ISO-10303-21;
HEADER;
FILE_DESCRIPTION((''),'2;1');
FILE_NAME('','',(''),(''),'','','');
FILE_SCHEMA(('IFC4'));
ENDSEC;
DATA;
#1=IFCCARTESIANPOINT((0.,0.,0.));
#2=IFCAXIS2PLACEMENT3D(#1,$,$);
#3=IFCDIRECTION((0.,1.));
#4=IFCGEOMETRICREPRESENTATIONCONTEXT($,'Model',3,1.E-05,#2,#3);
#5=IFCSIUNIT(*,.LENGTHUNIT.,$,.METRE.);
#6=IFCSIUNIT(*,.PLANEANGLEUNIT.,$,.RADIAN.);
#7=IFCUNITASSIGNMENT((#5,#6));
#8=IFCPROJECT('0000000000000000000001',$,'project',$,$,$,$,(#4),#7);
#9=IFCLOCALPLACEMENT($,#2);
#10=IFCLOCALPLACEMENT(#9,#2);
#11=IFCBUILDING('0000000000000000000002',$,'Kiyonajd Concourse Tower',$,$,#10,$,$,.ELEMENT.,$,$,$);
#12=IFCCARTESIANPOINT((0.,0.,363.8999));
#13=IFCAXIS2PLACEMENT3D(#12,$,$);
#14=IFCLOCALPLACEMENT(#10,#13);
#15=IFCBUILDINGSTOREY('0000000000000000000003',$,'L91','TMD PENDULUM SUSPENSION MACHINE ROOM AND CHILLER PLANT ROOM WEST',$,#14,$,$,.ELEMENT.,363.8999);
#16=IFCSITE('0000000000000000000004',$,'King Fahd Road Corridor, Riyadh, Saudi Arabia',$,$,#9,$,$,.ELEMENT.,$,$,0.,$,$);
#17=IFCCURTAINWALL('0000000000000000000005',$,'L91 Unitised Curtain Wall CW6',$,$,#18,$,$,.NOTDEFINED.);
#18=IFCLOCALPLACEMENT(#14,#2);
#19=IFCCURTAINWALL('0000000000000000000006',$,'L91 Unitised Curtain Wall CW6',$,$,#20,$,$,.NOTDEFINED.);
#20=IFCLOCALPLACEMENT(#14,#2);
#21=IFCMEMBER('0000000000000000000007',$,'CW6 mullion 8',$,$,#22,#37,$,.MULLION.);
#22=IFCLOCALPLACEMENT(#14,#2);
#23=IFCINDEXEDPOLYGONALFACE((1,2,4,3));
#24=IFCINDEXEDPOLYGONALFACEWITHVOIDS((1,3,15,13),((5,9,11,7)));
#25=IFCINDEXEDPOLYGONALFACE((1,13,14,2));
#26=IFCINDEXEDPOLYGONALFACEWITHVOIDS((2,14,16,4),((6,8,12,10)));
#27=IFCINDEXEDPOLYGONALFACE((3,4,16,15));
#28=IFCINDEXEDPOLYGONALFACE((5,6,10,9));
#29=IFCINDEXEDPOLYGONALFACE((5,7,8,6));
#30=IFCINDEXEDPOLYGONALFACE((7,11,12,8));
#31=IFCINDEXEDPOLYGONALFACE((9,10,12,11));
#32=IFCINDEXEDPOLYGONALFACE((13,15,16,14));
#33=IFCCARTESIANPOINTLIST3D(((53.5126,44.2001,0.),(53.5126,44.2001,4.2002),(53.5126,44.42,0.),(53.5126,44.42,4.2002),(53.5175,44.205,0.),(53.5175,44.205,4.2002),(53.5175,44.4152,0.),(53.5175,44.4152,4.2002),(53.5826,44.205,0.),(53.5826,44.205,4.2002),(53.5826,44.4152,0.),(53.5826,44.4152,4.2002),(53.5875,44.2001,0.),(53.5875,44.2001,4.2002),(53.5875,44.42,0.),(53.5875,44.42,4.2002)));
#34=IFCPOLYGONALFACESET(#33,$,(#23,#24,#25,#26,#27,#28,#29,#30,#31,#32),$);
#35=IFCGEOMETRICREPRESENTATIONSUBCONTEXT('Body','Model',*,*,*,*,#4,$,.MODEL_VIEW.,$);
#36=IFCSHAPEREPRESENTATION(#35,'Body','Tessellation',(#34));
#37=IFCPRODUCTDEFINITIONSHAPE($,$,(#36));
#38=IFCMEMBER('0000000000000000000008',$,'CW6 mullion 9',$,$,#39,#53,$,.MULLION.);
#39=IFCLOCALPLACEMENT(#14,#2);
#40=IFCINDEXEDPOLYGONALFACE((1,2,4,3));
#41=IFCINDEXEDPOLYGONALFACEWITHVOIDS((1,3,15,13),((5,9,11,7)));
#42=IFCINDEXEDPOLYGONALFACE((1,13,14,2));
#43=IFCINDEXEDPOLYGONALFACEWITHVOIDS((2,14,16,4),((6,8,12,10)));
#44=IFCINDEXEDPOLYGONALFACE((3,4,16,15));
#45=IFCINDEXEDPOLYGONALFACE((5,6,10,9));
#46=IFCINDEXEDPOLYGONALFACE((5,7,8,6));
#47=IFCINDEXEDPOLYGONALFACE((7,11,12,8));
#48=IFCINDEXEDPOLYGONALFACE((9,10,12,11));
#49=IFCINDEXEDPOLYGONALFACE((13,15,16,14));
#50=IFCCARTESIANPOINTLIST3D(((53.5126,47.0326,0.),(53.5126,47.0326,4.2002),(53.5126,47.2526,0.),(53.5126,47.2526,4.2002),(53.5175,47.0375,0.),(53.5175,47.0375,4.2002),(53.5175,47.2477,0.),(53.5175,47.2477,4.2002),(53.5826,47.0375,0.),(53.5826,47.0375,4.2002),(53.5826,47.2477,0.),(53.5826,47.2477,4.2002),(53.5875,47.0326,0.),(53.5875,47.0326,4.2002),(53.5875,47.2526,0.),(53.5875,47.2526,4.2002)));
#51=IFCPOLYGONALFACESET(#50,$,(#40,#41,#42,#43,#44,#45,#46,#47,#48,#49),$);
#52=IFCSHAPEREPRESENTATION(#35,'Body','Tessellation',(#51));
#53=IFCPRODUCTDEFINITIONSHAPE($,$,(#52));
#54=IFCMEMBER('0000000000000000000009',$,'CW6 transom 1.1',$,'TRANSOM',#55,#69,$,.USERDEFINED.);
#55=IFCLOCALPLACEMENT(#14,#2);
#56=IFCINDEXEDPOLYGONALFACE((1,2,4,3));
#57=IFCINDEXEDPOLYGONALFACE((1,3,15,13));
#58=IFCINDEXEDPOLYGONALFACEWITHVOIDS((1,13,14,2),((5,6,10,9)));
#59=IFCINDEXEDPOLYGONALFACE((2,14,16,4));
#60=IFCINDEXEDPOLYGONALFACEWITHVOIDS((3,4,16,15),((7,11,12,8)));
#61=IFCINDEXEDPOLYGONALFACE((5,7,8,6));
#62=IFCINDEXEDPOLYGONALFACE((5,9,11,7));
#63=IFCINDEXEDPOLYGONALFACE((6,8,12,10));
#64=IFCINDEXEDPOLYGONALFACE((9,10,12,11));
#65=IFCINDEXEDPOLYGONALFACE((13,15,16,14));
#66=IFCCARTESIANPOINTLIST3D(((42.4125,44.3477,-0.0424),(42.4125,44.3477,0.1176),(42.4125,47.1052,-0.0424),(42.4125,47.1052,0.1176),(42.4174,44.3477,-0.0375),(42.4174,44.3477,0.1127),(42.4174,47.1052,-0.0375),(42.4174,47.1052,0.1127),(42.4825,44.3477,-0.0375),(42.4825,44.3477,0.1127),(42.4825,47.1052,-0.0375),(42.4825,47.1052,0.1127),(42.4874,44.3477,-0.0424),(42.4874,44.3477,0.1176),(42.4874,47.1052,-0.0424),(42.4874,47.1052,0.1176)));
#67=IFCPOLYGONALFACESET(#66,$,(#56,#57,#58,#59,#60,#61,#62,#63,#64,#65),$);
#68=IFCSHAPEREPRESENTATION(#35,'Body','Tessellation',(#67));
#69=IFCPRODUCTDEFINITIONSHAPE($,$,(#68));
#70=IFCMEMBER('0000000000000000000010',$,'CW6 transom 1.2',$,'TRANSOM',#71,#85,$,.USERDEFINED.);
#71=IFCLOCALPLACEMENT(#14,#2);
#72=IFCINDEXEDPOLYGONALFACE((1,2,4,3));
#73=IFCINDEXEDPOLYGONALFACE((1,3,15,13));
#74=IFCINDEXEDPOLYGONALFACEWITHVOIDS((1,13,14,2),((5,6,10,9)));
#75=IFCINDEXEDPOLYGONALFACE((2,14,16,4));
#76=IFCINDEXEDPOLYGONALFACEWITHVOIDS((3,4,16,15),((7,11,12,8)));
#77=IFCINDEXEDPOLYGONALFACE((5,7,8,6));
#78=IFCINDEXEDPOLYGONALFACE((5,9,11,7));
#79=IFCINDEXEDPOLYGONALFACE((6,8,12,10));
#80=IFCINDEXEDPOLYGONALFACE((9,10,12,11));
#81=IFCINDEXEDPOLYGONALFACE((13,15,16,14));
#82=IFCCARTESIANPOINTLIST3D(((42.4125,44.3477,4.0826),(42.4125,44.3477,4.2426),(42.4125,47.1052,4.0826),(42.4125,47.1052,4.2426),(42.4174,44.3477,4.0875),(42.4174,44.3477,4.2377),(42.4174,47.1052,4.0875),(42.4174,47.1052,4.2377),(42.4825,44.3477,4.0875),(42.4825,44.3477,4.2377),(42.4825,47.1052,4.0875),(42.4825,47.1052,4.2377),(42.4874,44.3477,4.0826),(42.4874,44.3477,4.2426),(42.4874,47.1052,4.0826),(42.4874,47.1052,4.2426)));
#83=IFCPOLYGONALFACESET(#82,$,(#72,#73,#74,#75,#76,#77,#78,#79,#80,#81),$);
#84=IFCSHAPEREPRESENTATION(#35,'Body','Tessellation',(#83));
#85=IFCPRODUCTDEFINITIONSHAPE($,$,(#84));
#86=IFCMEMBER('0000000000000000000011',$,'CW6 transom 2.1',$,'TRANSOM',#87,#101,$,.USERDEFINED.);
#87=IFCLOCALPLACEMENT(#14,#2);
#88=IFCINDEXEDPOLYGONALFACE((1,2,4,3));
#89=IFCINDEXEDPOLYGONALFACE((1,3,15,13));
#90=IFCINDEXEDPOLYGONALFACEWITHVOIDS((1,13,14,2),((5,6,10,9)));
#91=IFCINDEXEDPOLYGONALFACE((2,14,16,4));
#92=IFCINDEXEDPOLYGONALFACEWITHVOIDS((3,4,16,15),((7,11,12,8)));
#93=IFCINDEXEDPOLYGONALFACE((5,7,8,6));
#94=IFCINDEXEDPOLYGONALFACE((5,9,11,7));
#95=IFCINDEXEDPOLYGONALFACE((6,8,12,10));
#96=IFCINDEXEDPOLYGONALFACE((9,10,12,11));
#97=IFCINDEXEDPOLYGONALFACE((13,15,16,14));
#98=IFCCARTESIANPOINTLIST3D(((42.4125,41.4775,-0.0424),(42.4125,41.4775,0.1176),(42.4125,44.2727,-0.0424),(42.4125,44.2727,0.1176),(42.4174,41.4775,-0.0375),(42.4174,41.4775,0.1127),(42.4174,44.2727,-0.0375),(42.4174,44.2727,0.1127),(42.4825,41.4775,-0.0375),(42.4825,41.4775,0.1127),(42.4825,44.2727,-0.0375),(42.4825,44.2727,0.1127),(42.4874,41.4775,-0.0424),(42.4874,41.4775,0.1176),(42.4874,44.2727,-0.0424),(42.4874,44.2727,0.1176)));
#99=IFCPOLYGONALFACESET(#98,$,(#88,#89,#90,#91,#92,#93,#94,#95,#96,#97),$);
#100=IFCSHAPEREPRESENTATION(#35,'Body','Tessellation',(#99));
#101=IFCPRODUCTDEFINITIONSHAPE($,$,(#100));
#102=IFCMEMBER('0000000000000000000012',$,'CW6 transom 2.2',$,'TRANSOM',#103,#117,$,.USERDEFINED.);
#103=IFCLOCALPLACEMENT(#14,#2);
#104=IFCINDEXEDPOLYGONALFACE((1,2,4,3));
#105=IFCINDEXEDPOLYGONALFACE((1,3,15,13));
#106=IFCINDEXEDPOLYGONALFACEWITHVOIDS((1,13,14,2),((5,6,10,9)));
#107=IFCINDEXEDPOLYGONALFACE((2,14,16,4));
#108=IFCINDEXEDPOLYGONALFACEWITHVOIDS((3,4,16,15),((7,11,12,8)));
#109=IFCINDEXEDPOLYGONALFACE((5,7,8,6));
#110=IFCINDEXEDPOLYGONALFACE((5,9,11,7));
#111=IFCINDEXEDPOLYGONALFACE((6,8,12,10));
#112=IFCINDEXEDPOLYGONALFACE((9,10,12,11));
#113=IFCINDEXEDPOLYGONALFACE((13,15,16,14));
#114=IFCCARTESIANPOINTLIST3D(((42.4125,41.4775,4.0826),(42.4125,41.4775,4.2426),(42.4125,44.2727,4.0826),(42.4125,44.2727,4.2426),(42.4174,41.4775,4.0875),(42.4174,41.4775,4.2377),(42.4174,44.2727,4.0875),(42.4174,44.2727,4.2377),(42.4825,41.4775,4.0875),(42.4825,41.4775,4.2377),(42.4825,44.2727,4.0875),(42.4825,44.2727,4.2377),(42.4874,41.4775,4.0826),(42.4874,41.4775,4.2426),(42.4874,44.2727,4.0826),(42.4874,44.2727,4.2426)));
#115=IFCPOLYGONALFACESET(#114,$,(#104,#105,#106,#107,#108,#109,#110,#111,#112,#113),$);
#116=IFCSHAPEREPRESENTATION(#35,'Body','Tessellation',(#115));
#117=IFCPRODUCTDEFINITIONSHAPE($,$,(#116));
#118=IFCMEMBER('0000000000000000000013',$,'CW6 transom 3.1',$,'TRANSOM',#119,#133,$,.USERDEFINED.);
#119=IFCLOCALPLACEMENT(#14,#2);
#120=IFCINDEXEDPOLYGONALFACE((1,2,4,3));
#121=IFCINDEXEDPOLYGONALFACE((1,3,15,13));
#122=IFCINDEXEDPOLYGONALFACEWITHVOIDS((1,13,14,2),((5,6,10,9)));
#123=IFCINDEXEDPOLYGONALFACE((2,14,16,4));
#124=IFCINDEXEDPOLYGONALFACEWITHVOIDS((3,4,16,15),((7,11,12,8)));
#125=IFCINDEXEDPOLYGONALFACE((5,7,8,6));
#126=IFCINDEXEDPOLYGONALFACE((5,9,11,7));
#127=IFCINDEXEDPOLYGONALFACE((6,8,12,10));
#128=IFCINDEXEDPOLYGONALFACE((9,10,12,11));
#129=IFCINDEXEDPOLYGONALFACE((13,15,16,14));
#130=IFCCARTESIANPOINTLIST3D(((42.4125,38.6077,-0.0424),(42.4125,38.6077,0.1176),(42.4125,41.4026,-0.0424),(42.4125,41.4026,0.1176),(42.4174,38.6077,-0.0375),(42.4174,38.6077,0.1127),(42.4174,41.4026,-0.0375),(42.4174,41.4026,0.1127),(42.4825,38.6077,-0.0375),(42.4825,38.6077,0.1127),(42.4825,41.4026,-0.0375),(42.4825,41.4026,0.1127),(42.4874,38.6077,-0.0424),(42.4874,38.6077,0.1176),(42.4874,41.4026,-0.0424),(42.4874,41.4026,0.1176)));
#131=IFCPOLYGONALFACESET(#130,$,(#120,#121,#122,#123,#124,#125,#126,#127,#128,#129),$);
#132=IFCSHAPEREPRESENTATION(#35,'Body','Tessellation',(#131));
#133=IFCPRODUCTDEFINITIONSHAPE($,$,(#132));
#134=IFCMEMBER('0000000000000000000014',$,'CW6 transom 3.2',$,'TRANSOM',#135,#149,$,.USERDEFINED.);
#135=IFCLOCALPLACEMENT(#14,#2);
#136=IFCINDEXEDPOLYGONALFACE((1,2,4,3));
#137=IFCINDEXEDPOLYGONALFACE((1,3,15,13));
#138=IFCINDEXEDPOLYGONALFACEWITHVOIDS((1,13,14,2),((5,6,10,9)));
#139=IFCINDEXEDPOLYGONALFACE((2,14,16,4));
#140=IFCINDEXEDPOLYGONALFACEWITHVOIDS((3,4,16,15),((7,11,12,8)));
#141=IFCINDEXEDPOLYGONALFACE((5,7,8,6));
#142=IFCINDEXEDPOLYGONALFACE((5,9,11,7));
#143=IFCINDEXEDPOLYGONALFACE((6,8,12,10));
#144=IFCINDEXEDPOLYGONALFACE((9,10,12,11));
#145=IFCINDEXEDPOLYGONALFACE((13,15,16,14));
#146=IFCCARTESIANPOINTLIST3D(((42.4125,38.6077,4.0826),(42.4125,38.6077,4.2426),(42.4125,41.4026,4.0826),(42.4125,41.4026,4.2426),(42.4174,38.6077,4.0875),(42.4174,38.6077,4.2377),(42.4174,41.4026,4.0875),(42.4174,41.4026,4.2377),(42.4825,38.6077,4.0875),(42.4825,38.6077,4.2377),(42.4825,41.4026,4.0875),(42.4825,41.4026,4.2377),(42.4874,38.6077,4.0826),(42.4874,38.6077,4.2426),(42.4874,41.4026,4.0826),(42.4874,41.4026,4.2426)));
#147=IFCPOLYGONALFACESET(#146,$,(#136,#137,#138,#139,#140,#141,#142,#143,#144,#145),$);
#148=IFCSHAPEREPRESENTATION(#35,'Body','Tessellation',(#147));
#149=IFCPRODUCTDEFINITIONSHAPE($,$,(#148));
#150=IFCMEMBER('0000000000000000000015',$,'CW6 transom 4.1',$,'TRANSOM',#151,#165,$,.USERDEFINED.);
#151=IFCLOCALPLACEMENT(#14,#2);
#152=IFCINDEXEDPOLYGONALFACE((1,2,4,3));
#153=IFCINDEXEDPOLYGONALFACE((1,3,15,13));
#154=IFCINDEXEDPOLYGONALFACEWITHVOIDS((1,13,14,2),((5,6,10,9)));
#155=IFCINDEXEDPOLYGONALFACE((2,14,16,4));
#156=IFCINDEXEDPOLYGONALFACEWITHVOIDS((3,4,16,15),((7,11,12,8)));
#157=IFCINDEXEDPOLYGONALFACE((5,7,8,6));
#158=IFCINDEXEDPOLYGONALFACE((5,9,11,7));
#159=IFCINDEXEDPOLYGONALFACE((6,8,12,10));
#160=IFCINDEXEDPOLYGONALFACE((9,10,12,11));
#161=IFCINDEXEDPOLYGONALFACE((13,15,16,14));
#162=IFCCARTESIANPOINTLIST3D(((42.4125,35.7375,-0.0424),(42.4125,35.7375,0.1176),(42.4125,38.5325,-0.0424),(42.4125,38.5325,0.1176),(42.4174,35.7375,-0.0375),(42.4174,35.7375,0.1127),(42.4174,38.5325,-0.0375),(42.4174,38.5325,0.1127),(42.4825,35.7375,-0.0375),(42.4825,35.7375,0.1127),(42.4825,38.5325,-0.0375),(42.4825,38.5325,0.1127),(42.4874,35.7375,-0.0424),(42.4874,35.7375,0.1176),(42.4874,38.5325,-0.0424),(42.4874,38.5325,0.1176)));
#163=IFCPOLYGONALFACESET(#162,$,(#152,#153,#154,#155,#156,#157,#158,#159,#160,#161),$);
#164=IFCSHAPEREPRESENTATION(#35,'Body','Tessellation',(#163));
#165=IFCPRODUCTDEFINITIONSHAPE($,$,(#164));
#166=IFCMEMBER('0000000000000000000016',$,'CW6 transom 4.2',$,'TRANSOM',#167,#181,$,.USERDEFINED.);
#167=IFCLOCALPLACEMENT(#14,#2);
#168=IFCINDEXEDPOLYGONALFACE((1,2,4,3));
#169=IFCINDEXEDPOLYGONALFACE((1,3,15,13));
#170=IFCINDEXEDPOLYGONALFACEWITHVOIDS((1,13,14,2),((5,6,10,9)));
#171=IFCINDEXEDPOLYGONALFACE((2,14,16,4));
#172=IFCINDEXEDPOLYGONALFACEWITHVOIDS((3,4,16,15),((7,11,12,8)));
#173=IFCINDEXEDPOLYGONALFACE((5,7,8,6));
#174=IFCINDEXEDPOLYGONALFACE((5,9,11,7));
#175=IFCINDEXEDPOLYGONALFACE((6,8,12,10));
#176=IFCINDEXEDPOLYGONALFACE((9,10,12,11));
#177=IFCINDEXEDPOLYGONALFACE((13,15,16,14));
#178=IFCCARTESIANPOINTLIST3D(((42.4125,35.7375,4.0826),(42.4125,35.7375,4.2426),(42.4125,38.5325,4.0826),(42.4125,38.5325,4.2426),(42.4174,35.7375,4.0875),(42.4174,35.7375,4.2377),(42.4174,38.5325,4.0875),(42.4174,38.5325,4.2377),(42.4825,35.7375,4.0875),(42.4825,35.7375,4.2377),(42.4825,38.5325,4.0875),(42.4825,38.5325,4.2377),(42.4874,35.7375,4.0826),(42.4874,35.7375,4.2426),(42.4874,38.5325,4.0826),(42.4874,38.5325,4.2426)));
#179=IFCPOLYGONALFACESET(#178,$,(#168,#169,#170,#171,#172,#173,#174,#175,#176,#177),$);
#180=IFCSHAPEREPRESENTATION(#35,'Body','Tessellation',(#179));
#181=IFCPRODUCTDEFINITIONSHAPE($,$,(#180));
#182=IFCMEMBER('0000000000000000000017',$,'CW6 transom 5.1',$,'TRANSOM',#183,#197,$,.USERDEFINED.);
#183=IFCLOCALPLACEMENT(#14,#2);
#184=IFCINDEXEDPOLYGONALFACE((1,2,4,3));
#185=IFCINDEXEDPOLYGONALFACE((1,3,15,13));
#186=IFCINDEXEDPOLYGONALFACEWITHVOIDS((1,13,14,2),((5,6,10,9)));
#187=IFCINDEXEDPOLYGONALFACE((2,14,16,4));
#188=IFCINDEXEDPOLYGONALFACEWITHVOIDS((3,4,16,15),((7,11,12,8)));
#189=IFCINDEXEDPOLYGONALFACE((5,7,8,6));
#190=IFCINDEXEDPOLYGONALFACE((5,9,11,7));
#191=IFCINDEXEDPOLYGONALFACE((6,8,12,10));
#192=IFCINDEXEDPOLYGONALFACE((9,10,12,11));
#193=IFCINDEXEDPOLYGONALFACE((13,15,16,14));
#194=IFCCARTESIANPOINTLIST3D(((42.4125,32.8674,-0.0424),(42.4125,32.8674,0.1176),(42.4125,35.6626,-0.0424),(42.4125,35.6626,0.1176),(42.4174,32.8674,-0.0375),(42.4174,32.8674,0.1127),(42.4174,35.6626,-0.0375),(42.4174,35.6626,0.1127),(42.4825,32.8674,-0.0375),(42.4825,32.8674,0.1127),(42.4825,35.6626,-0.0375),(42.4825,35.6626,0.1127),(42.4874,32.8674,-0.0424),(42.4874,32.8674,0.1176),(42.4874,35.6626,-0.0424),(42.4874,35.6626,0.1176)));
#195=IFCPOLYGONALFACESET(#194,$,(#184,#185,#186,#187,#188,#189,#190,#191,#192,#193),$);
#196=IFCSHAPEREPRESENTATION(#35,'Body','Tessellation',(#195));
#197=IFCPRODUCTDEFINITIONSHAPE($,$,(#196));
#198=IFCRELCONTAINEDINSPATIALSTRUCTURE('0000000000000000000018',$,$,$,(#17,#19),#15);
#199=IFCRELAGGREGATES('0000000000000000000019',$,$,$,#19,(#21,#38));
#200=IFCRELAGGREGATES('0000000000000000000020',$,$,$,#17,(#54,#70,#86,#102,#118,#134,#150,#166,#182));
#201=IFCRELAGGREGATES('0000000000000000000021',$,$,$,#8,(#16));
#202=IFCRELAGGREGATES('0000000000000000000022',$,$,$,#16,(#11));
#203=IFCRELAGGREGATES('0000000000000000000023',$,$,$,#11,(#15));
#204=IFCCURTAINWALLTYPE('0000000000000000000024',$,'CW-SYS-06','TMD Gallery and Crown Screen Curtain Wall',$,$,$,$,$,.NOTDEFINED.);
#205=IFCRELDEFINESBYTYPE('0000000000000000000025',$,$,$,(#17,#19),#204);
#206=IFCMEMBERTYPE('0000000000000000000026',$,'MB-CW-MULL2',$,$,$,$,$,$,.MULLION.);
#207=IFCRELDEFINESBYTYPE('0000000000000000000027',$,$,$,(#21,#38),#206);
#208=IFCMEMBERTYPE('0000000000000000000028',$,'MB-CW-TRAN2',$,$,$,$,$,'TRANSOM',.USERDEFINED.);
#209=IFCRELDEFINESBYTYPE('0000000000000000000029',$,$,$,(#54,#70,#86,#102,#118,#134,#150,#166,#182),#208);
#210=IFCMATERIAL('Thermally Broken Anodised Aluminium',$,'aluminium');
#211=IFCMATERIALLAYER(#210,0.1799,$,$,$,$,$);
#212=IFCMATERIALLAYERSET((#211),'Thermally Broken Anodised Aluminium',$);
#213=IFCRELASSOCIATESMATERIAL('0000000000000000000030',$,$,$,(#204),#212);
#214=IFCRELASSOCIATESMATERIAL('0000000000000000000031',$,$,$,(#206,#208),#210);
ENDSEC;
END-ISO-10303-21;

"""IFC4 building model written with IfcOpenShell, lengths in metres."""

from ifc_helpers import new_model, si_unit, direction, frame, origin, origin_2d, place, context, subcontext, project, spatial, hollow_rectangle, extrude, material, layer, layer_set, material_profile, profile_set, type_object, element, aggregate, save


model = new_model("IFC4")

# Units and contexts
model_context = context("Model", 3, precision=1e-05, world=origin(), true_north=direction((0.0, 1.0)))
body_context = subcontext(model_context, "Body", "Model", "MODEL_VIEW")
ifc_project = project(units=[si_unit("LENGTHUNIT", "METRE"), si_unit("PLANEANGLEUNIT", "RADIAN")], contexts=[model_context])

# Site, building, storey
site_placement = place(None, origin())
site = spatial("IfcSite", under=ifc_project, at=site_placement, Name="King Fahd Road Corridor, Riyadh, Saudi Arabia", CompositionType="ELEMENT", RefElevation=0.0)
building_placement = place(site_placement, origin())
building = spatial("IfcBuilding", under=site, at=building_placement, Name="Kiyonajd Concourse Tower", CompositionType="ELEMENT")
storey_placement = place(building_placement, frame((0.0, 0.0, 363.8999)))
storey = spatial("IfcBuildingStorey", under=building, at=storey_placement, Name="L91", Description="TMD PENDULUM SUSPENSION MACHINE ROOM AND CHILLER PLANT ROOM WEST", CompositionType="ELEMENT", Elevation=363.8999)

# Curtain walls, members
ifc_material_1 = material(Name="Thermally Broken Anodised Aluminium", Category="aluminium")
ifc_layer_1 = layer(ifc_material_1, 0.1799)
ifc_layer_set_1 = layer_set([ifc_layer_1], Name="Thermally Broken Anodised Aluminium")
curtain_wall_type = type_object("IfcCurtainWallType", Name="CW-SYS-06", Description="TMD Gallery and Crown Screen Curtain Wall", PredefinedType="NOTDEFINED", material=ifc_layer_set_1)
curtain_wall_1_placement = place(storey_placement, origin())
curtain_wall_1 = element("IfcCurtainWall", 1, at=curtain_wall_1_placement, inside=storey, type_object=curtain_wall_type, Name="L91 Unitised Curtain Wall CW6", PredefinedType="NOTDEFINED")
ifc_material_profile_1 = material_profile(ifc_material_1, hollow_rectangle(XDim=0.075, YDim=0.22, WallThickness=0.0049, at=origin_2d()), Name="MULL-75x220")
ifc_profile_set_1 = profile_set([ifc_material_profile_1], Name="Thermally Broken Anodised Aluminium")
member_type_1 = type_object("IfcMemberType", Name="MB-CW-MULL2", PredefinedType="MULLION", material=ifc_profile_set_1)
curtain_wall_2_placement = place(storey_placement, origin())
curtain_wall_2 = element("IfcCurtainWall", 2, at=curtain_wall_2_placement, inside=storey, type_object=curtain_wall_type, Name="L91 Unitised Curtain Wall CW6", PredefinedType="NOTDEFINED")
member_1_placement = place(storey_placement, frame((53.55, 44.3101, 0.0), z_axis=(0.0, 0.0, 1.0), x_axis=(-1.0, 0.0, 0.0)))
member_1 = element("IfcMember", 3, at=member_1_placement, type_object=member_type_1, Name="CW6 mullion 8", PredefinedType="MULLION", context=body_context, shape_type="SweptSolid", body=[
    extrude(hollow_rectangle(XDim=0.075, YDim=0.22, WallThickness=0.0049, at=origin_2d()), origin(), (0.0, 0.0, 1.0), 4.2002),
])
member_2_placement = place(storey_placement, frame((53.55, 47.1426, 0.0), z_axis=(0.0, 0.0, 1.0), x_axis=(-1.0, 0.0, 0.0)))
member_2 = element("IfcMember", 4, at=member_2_placement, type_object=member_type_1, Name="CW6 mullion 9", PredefinedType="MULLION", context=body_context, shape_type="SweptSolid", body=[
    extrude(hollow_rectangle(XDim=0.075, YDim=0.22, WallThickness=0.0049, at=origin_2d()), origin(), (0.0, 0.0, 1.0), 4.2002),
])
aggregate(curtain_wall_2, [member_1, member_2])

# Members
ifc_material_profile_2 = material_profile(ifc_material_1, hollow_rectangle(XDim=0.075, YDim=0.1599, WallThickness=0.0049, at=origin_2d()), Name="TRAN-75x160")
ifc_profile_set_2 = profile_set([ifc_material_profile_2], Name="Thermally Broken Anodised Aluminium")
member_type_2 = type_object("IfcMemberType", Name="MB-CW-TRAN2", ElementType="TRANSOM", PredefinedType="USERDEFINED", material=ifc_profile_set_2)
member_3_placement = place(storey_placement, frame((42.45, 47.1052, 0.0376), z_axis=(0.0, -1.0, 0.0), x_axis=(1.0, 0.0, 0.0)))
member_3 = element("IfcMember", 5, at=member_3_placement, type_object=member_type_2, Name="CW6 transom 1.1", ObjectType="TRANSOM", PredefinedType="USERDEFINED", context=body_context, shape_type="SweptSolid", body=[
    extrude(hollow_rectangle(XDim=0.075, YDim=0.1599, WallThickness=0.0049, at=origin_2d()), origin(), (0.0, 0.0, 1.0), 2.7576),
])
member_4_placement = place(storey_placement, frame((42.45, 47.1052, 4.1626), z_axis=(0.0, -1.0, 0.0), x_axis=(1.0, 0.0, 0.0)))
member_4 = element("IfcMember", 6, at=member_4_placement, type_object=member_type_2, Name="CW6 transom 1.2", ObjectType="TRANSOM", PredefinedType="USERDEFINED", context=body_context, shape_type="SweptSolid", body=[
    extrude(hollow_rectangle(XDim=0.075, YDim=0.1599, WallThickness=0.0049, at=origin_2d()), origin(), (0.0, 0.0, 1.0), 2.7576),
])
member_5_placement = place(storey_placement, frame((42.45, 44.2727, 0.0376), z_axis=(0.0, -1.0, 0.0), x_axis=(1.0, 0.0, 0.0)))
member_5 = element("IfcMember", 7, at=member_5_placement, type_object=member_type_2, Name="CW6 transom 2.1", ObjectType="TRANSOM", PredefinedType="USERDEFINED", context=body_context, shape_type="SweptSolid", body=[
    extrude(hollow_rectangle(XDim=0.075, YDim=0.1599, WallThickness=0.0049, at=origin_2d()), origin(), (0.0, 0.0, 1.0), 2.7952),
])
member_6_placement = place(storey_placement, frame((42.45, 44.2727, 4.1626), z_axis=(0.0, -1.0, 0.0), x_axis=(1.0, 0.0, 0.0)))
member_6 = element("IfcMember", 8, at=member_6_placement, type_object=member_type_2, Name="CW6 transom 2.2", ObjectType="TRANSOM", PredefinedType="USERDEFINED", context=body_context, shape_type="SweptSolid", body=[
    extrude(hollow_rectangle(XDim=0.075, YDim=0.1599, WallThickness=0.0049, at=origin_2d()), origin(), (0.0, 0.0, 1.0), 2.7952),
])
member_7_placement = place(storey_placement, frame((42.45, 41.4026, 0.0376), z_axis=(0.0, -1.0, 0.0), x_axis=(1.0, 0.0, 0.0)))
member_7 = element("IfcMember", 9, at=member_7_placement, type_object=member_type_2, Name="CW6 transom 3.1", ObjectType="TRANSOM", PredefinedType="USERDEFINED", context=body_context, shape_type="SweptSolid", body=[
    extrude(hollow_rectangle(XDim=0.075, YDim=0.1599, WallThickness=0.0049, at=origin_2d()), origin(), (0.0, 0.0, 1.0), 2.7949),
])
member_8_placement = place(storey_placement, frame((42.45, 41.4026, 4.1626), z_axis=(0.0, -1.0, 0.0), x_axis=(1.0, 0.0, 0.0)))
member_8 = element("IfcMember", 10, at=member_8_placement, type_object=member_type_2, Name="CW6 transom 3.2", ObjectType="TRANSOM", PredefinedType="USERDEFINED", context=body_context, shape_type="SweptSolid", body=[
    extrude(hollow_rectangle(XDim=0.075, YDim=0.1599, WallThickness=0.0049, at=origin_2d()), origin(), (0.0, 0.0, 1.0), 2.7949),
])
member_9_placement = place(storey_placement, frame((42.45, 38.5325, 0.0376), z_axis=(0.0, -1.0, 0.0), x_axis=(1.0, 0.0, 0.0)))
member_9 = element("IfcMember", 11, at=member_9_placement, type_object=member_type_2, Name="CW6 transom 4.1", ObjectType="TRANSOM", PredefinedType="USERDEFINED", context=body_context, shape_type="SweptSolid", body=[
    extrude(hollow_rectangle(XDim=0.075, YDim=0.1599, WallThickness=0.0049, at=origin_2d()), origin(), (0.0, 0.0, 1.0), 2.7949),
])
member_10_placement = place(storey_placement, frame((42.45, 38.5325, 4.1626), z_axis=(0.0, -1.0, 0.0), x_axis=(1.0, 0.0, 0.0)))
member_10 = element("IfcMember", 12, at=member_10_placement, type_object=member_type_2, Name="CW6 transom 4.2", ObjectType="TRANSOM", PredefinedType="USERDEFINED", context=body_context, shape_type="SweptSolid", body=[
    extrude(hollow_rectangle(XDim=0.075, YDim=0.1599, WallThickness=0.0049, at=origin_2d()), origin(), (0.0, 0.0, 1.0), 2.7949),
])
member_11_placement = place(storey_placement, frame((42.45, 35.6626, 0.0376), z_axis=(0.0, -1.0, 0.0), x_axis=(1.0, 0.0, 0.0)))
member_11 = element("IfcMember", 13, at=member_11_placement, type_object=member_type_2, Name="CW6 transom 5.1", ObjectType="TRANSOM", PredefinedType="USERDEFINED", context=body_context, shape_type="SweptSolid", body=[
    extrude(hollow_rectangle(XDim=0.075, YDim=0.1599, WallThickness=0.0049, at=origin_2d()), origin(), (0.0, 0.0, 1.0), 2.7952),
])

aggregate(curtain_wall_1, [member_3, member_4, member_5, member_6, member_7, member_8, member_9, member_10, member_11])

save(model, "model.ifc")
